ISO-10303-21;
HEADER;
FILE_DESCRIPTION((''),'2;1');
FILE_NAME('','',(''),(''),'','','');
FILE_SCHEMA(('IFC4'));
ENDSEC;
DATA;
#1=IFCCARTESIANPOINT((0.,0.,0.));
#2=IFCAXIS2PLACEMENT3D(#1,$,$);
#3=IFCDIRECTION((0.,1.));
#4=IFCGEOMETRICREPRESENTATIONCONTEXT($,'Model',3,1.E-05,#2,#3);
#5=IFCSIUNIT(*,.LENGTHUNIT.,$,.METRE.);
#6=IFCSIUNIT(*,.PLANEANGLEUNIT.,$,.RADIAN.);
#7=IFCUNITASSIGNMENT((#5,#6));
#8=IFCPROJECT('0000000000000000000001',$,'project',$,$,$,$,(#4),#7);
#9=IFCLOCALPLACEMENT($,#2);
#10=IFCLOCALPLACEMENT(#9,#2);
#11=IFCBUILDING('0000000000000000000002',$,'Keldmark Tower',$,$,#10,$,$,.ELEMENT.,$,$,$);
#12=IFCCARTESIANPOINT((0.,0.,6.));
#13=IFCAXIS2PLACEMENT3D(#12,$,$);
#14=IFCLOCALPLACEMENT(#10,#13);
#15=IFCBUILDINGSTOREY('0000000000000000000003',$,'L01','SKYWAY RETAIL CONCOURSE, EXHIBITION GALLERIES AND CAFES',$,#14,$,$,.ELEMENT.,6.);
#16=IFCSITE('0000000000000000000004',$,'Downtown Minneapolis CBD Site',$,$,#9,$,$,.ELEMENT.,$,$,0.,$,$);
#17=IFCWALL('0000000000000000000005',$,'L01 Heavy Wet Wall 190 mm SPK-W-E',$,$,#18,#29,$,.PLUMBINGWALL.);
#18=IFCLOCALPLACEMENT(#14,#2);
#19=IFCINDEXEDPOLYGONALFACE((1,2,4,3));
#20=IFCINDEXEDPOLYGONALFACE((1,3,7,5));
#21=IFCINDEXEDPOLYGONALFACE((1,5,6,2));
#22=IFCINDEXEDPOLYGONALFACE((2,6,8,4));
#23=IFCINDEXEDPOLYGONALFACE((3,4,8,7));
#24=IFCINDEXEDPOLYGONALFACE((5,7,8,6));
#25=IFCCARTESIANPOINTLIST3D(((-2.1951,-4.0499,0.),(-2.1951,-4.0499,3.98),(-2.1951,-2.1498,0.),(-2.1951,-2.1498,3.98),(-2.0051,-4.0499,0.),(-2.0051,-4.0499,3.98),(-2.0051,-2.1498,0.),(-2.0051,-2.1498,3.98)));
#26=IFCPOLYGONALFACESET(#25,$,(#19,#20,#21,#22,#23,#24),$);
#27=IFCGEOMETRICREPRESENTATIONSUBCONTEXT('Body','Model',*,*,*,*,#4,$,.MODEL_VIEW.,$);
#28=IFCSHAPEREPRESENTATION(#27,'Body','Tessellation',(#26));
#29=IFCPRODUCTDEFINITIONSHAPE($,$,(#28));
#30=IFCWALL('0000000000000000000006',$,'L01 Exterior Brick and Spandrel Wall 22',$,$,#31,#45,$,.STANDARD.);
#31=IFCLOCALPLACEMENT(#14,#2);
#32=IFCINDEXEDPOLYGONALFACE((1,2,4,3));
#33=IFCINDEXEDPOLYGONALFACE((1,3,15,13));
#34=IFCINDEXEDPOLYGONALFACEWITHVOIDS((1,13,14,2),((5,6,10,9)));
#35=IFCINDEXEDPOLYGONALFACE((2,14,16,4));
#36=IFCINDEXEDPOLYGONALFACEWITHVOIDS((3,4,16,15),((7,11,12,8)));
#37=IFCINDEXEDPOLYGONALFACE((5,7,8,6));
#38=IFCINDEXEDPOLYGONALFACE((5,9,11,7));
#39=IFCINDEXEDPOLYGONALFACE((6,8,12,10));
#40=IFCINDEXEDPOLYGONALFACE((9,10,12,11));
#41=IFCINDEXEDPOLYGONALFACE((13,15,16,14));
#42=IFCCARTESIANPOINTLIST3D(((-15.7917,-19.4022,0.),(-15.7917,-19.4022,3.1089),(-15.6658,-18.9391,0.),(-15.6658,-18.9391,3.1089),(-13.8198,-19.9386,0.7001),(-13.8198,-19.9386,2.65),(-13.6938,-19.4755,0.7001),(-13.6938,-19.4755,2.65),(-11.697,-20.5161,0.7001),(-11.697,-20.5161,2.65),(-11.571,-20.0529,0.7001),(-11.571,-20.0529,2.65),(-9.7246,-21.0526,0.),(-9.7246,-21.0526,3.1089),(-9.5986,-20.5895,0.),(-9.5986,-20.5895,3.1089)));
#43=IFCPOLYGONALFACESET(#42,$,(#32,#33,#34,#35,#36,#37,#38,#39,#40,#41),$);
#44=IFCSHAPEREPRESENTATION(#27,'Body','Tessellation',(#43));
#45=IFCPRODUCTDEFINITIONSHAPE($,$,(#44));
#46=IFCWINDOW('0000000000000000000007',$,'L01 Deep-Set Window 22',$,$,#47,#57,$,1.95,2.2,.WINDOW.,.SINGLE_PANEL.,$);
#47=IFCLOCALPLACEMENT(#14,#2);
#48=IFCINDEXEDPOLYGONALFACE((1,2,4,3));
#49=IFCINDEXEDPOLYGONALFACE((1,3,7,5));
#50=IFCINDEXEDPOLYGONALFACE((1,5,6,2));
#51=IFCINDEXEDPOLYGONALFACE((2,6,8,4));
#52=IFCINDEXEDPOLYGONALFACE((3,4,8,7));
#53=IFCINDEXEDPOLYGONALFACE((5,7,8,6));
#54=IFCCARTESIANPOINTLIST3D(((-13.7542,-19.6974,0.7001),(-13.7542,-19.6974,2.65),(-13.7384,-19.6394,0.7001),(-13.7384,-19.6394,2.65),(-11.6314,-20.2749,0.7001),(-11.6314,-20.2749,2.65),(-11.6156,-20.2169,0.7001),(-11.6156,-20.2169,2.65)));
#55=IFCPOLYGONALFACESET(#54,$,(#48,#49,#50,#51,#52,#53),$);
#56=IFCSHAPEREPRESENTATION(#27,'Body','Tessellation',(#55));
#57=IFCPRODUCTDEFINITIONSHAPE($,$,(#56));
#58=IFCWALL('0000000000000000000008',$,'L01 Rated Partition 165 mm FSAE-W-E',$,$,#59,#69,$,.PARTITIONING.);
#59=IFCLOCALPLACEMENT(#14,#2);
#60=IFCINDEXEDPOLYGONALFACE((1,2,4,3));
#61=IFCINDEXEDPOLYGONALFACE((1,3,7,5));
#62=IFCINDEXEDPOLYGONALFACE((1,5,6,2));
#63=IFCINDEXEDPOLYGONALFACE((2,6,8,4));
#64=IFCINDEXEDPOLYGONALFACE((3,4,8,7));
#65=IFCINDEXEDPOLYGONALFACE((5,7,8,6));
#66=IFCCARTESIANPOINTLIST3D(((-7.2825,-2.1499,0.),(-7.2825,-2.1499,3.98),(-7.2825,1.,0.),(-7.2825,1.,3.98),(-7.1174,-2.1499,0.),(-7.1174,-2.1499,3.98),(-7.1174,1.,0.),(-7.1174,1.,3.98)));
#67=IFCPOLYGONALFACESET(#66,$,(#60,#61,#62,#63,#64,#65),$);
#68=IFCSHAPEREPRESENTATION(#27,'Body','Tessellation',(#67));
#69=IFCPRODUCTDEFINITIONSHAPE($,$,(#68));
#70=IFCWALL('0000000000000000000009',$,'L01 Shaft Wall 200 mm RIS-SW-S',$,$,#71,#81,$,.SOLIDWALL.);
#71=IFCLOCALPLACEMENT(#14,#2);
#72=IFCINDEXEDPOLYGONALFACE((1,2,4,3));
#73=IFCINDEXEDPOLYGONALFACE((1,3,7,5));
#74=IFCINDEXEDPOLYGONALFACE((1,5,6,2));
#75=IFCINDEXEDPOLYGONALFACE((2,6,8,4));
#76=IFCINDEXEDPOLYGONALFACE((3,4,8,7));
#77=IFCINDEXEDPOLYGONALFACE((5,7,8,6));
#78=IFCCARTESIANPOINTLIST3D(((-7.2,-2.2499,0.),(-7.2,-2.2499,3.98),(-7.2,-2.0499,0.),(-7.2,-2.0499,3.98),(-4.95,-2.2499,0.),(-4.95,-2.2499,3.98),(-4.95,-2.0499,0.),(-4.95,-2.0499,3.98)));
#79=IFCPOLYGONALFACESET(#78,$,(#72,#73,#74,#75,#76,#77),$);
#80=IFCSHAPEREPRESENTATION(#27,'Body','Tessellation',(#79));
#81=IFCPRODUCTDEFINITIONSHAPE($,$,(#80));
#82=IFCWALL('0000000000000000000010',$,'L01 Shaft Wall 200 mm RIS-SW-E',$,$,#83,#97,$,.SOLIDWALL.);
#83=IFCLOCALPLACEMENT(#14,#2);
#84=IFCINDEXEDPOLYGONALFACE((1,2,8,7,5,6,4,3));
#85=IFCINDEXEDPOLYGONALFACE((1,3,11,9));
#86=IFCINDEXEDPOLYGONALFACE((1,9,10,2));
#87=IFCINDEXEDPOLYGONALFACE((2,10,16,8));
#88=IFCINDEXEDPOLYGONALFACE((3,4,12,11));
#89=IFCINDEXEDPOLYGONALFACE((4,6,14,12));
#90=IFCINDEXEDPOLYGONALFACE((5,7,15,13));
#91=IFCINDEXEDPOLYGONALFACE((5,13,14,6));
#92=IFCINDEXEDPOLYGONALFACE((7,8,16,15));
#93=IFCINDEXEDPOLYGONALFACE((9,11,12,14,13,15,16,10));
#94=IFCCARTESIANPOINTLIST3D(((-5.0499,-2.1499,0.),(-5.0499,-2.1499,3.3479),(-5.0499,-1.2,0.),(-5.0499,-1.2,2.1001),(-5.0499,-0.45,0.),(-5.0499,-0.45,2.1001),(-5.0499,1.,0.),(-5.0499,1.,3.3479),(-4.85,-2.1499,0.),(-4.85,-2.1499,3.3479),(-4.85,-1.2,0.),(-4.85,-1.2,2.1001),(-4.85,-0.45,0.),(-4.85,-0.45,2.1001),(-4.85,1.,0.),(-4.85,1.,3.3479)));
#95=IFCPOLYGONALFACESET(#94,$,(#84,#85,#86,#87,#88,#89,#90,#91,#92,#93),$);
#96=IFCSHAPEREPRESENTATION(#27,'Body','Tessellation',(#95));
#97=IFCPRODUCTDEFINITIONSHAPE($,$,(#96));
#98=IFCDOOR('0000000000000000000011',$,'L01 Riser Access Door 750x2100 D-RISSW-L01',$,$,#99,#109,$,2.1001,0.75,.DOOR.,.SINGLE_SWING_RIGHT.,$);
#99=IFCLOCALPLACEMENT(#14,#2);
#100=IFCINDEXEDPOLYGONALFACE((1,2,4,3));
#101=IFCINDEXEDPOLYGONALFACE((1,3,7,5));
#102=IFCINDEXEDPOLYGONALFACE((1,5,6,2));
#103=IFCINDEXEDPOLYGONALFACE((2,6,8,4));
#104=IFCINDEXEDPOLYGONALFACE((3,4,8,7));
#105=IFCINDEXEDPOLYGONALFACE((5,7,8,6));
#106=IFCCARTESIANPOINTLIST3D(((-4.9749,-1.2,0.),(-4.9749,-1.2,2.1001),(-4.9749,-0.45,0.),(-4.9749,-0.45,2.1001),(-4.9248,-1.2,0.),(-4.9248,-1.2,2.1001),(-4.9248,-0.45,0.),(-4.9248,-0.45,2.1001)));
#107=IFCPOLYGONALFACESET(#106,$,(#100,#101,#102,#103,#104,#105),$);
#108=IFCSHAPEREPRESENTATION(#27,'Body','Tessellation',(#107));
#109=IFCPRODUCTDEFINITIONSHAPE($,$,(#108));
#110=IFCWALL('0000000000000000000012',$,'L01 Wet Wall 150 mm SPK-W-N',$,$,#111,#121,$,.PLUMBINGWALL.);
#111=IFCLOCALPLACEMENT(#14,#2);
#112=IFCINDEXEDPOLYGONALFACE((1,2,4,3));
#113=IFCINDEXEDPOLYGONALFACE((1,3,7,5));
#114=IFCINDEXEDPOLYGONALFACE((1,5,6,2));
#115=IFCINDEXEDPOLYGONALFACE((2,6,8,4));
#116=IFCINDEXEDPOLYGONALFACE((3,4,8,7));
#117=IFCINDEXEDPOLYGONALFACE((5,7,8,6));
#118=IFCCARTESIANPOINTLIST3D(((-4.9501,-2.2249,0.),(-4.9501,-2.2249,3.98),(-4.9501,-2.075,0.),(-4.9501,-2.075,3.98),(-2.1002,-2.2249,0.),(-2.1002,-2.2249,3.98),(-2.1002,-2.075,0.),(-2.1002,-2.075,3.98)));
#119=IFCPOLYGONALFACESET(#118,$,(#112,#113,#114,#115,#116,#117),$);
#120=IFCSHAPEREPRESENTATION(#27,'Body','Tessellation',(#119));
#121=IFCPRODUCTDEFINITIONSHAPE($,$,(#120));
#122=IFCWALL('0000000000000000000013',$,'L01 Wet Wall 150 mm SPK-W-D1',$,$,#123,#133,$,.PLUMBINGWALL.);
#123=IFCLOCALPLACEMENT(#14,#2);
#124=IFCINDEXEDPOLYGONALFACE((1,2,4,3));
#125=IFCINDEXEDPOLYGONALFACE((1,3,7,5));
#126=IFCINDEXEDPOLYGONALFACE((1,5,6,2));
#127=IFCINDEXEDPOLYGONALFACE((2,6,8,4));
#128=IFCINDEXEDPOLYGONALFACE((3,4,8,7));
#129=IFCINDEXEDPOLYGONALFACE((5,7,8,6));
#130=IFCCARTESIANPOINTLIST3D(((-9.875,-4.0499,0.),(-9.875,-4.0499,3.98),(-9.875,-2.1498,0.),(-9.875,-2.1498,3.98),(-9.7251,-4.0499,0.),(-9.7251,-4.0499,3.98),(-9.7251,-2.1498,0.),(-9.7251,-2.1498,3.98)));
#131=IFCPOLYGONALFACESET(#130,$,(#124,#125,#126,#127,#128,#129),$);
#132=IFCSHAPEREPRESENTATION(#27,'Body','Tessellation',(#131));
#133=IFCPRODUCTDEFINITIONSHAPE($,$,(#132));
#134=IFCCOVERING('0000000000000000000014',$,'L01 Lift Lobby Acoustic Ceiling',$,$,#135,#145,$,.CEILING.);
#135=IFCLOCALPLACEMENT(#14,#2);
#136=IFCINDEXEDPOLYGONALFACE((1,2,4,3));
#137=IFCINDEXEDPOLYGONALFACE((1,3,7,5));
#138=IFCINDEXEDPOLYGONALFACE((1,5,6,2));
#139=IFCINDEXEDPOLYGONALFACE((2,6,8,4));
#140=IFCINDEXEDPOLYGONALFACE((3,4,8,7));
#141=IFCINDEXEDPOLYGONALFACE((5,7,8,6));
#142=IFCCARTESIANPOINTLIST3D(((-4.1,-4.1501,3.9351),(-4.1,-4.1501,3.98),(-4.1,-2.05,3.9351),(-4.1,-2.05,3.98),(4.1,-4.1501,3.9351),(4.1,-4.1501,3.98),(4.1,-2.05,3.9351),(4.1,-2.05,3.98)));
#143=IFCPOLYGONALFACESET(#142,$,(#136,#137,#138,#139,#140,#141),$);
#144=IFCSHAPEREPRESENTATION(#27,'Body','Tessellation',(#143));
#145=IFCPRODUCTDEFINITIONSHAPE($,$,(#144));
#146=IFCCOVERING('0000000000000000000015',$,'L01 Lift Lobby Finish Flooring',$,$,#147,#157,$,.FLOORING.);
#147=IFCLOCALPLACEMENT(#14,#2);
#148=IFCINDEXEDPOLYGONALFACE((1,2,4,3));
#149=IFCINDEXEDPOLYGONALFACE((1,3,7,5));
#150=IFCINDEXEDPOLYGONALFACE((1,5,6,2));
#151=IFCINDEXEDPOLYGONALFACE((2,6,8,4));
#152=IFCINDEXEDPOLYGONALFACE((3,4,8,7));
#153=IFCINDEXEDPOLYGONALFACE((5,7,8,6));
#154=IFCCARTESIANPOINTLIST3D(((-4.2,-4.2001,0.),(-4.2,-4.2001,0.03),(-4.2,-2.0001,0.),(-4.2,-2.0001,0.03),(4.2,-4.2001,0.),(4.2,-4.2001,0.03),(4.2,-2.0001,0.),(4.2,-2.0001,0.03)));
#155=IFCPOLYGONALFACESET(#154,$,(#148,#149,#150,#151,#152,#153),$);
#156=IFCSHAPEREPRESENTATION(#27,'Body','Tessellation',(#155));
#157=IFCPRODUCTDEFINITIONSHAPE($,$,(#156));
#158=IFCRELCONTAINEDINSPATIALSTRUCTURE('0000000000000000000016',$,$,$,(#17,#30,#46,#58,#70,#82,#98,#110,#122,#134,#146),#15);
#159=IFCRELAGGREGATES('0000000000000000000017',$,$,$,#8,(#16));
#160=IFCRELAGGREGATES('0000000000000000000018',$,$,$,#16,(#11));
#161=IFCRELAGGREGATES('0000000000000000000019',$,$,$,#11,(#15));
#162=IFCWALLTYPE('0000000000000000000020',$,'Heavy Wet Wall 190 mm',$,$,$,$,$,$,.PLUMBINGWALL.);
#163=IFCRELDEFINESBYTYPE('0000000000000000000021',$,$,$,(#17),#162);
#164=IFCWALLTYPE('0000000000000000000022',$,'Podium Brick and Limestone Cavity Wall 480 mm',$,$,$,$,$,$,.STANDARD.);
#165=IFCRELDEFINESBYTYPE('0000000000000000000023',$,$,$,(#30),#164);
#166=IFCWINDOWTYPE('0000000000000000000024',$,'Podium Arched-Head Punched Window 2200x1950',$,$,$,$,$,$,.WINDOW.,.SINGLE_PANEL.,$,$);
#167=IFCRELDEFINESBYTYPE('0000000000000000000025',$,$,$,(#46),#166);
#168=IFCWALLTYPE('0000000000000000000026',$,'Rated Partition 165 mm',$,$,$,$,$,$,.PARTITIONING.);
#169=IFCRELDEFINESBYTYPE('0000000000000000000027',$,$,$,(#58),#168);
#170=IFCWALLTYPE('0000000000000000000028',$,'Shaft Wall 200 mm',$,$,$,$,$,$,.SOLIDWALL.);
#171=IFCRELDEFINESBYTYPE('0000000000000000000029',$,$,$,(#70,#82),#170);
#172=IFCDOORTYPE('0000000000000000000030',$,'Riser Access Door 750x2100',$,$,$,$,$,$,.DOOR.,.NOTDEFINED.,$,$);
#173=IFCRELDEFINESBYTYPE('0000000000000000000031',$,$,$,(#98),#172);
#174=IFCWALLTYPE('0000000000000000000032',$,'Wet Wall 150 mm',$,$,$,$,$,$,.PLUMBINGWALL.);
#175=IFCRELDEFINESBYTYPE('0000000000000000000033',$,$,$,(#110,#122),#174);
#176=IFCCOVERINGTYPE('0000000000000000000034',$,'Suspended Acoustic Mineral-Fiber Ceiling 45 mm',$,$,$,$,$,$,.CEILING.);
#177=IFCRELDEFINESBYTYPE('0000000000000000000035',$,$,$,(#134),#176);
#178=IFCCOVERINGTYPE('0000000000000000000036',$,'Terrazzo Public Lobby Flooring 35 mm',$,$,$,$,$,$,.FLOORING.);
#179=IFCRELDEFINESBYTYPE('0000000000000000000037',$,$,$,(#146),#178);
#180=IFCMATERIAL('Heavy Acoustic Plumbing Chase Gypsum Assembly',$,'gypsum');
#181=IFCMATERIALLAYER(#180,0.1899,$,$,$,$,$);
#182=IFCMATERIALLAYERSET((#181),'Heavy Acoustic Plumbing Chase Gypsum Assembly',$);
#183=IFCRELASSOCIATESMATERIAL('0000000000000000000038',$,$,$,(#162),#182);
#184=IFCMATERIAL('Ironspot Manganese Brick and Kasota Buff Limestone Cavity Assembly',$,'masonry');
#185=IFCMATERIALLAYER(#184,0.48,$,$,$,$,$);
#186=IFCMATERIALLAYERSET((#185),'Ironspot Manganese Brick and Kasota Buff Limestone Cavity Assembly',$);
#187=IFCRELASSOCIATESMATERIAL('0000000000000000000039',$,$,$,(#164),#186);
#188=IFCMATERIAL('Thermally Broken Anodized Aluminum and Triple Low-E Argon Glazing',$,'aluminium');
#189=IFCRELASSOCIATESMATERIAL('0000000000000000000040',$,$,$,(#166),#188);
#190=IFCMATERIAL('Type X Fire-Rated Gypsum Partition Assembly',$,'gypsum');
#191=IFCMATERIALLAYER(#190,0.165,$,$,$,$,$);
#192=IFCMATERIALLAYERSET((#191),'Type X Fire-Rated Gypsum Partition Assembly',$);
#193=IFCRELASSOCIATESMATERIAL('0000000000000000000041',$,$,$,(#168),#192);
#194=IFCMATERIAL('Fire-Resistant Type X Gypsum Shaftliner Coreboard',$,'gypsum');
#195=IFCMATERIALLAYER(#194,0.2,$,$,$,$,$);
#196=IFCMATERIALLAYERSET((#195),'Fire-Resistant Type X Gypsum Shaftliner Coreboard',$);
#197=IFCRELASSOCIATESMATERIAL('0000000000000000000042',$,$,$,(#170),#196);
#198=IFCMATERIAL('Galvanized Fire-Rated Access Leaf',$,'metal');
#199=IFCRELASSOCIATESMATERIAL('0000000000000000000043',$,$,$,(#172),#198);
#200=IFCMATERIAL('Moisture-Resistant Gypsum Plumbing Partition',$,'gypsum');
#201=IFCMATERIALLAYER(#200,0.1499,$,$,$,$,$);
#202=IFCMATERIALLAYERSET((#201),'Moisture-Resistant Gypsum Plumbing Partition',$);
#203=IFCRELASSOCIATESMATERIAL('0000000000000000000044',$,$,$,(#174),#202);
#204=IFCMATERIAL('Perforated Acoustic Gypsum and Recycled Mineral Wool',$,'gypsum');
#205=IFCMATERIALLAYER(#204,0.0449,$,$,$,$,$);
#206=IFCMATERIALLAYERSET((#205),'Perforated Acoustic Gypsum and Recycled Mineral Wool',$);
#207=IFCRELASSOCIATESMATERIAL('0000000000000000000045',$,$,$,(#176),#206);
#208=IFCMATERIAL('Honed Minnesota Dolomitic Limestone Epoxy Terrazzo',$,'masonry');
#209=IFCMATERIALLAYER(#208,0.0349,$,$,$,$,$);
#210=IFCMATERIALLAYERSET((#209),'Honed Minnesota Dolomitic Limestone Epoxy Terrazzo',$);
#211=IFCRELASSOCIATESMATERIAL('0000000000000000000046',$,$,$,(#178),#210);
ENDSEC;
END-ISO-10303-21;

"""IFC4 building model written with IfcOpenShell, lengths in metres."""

from ifc_helpers import new_model, si_unit, direction, frame, frame_2d, origin, origin_2d, place, context, subcontext, project, spatial, rectangle, extrude, material, layer, layer_set, type_object, element, fill, save


model = new_model("IFC4")

# Units and contexts
model_context = context("Model", 3, precision=1e-05, world=origin(), true_north=direction((0.0, 1.0)))
body_context = subcontext(model_context, "Body", "Model", "MODEL_VIEW")
ifc_project = project(units=[si_unit("LENGTHUNIT", "METRE"), si_unit("PLANEANGLEUNIT", "RADIAN")], contexts=[model_context])

# Site, building, storey
site_placement = place(None, origin())
site = spatial("IfcSite", under=ifc_project, at=site_placement, Name="Downtown Minneapolis CBD Site", CompositionType="ELEMENT", RefElevation=0.0)
building_placement = place(site_placement, origin())
building = spatial("IfcBuilding", under=site, at=building_placement, Name="Keldmark Tower", CompositionType="ELEMENT")
storey_placement = place(building_placement, frame((0.0, 0.0, 6.0)))
storey = spatial("IfcBuildingStorey", under=building, at=storey_placement, Name="L01", Description="SKYWAY RETAIL CONCOURSE, EXHIBITION GALLERIES AND CAFES", CompositionType="ELEMENT", Elevation=6.0)

# Wall
ifc_material_1 = material(Name="Heavy Acoustic Plumbing Chase Gypsum Assembly", Category="gypsum")
ifc_layer_1 = layer(ifc_material_1, 0.1899)
ifc_layer_set_1 = layer_set([ifc_layer_1], Name="Heavy Acoustic Plumbing Chase Gypsum Assembly")
wall_type_1 = type_object("IfcWallType", Name="Heavy Wet Wall 190 mm", PredefinedType="PLUMBINGWALL", material=ifc_layer_set_1)
wall_1_placement = place(storey_placement, frame((-2.1001, -4.05, 0.0), z_axis=(0.0, 0.0, 1.0), x_axis=(0.0, 1.0, 0.0)))
element("IfcWall", 1, at=wall_1_placement, inside=storey, type_object=wall_type_1, Name="L01 Heavy Wet Wall 190 mm SPK-W-E", PredefinedType="PLUMBINGWALL", context=body_context, shape_type="SweptSolid", body=[
    extrude(rectangle(XDim=1.9001, YDim=0.1899, at=frame_2d((0.9502, 0.0))), origin(), (0.0, 0.0, 1.0), 3.98),
])

# Wall, opening, window
ifc_material_2 = material(Name="Ironspot Manganese Brick and Kasota Buff Limestone Cavity Assembly", Category="masonry")
ifc_layer_2 = layer(ifc_material_2, 0.48)
ifc_layer_set_2 = layer_set([ifc_layer_2], Name="Ironspot Manganese Brick and Kasota Buff Limestone Cavity Assembly")
wall_type_2 = type_object("IfcWallType", Name="Podium Brick and Limestone Cavity Wall 480 mm", PredefinedType="STANDARD", material=ifc_layer_set_2)
wall_2_placement = place(storey_placement, frame((-9.6616, -20.821, 0.0), z_axis=(0.0, 0.0, 1.0), x_axis=(-0.964937, 0.262483, 0.0)))
wall_2 = element("IfcWall", 2, at=wall_2_placement, inside=storey, type_object=wall_type_2, Name="L01 Exterior Brick and Spandrel Wall 22", PredefinedType="STANDARD", context=body_context, shape_type="SweptSolid", body=[
    extrude(rectangle(XDim=6.2876, YDim=0.48, at=frame_2d((3.1438, 0.0))), origin(), (0.0, 0.0, 1.0), 3.1089),
])
opening_1_placement = place(wall_2_placement, frame((2.0439, 0.0, 0.7)))
opening_1 = element("IfcOpeningElement", 3, at=opening_1_placement, cuts=wall_2, PredefinedType="OPENING", context=body_context, shape_type="SweptSolid", body=[
    extrude(rectangle(XDim=2.2, YDim=1.95, at=frame_2d((1.1001, 0.9751))), frame((0.0, 0.25, 0.0), z_axis=(0.0, -1.0, 0.0), x_axis=(1.0, 0.0, 0.0)), (0.0, 0.0, 1.0), 0.5),
])
ifc_material_3 = material(Name="Thermally Broken Anodized Aluminum and Triple Low-E Argon Glazing", Category="aluminium")
window_type = type_object("IfcWindowType", Name="Podium Arched-Head Punched Window 2200x1950", PartitioningType="SINGLE_PANEL", PredefinedType="WINDOW", material=ifc_material_3)
window_placement = place(opening_1_placement, origin())
window = element("IfcWindow", 4, at=window_placement, inside=storey, type_object=window_type, Name="L01 Deep-Set Window 22", OverallHeight=1.95, OverallWidth=2.2, PartitioningType="SINGLE_PANEL", PredefinedType="WINDOW", context=body_context, shape_type="SweptSolid", body=[
    extrude(rectangle(XDim=2.2, YDim=1.95, at=frame_2d((1.1001, 0.9751))), frame((0.0, -0.01, 0.0), z_axis=(0.0, -1.0, 0.0), x_axis=(1.0, 0.0, 0.0)), (0.0, 0.0, 1.0), 0.0601),
])
fill(opening_1, window)

# Walls
ifc_material_4 = material(Name="Type X Fire-Rated Gypsum Partition Assembly", Category="gypsum")
ifc_layer_3 = layer(ifc_material_4, 0.165)
ifc_layer_set_3 = layer_set([ifc_layer_3], Name="Type X Fire-Rated Gypsum Partition Assembly")
wall_type_3 = type_object("IfcWallType", Name="Rated Partition 165 mm", PredefinedType="PARTITIONING", material=ifc_layer_set_3)
wall_3_placement = place(storey_placement, frame((-7.2, -2.1499, 0.0), z_axis=(0.0, 0.0, 1.0), x_axis=(0.0, 1.0, 0.0)))
element("IfcWall", 5, at=wall_3_placement, inside=storey, type_object=wall_type_3, Name="L01 Rated Partition 165 mm FSAE-W-E", PredefinedType="PARTITIONING", context=body_context, shape_type="SweptSolid", body=[
    extrude(rectangle(XDim=3.1499, YDim=0.165, at=frame_2d((1.575, 0.0))), origin(), (0.0, 0.0, 1.0), 3.98),
])
ifc_material_5 = material(Name="Fire-Resistant Type X Gypsum Shaftliner Coreboard", Category="gypsum")
ifc_layer_4 = layer(ifc_material_5, 0.2)
ifc_layer_set_4 = layer_set([ifc_layer_4], Name="Fire-Resistant Type X Gypsum Shaftliner Coreboard")
wall_type_4 = type_object("IfcWallType", Name="Shaft Wall 200 mm", PredefinedType="SOLIDWALL", material=ifc_layer_set_4)
wall_4_placement = place(storey_placement, frame((-7.2, -2.1499, 0.0), z_axis=(0.0, 0.0, 1.0), x_axis=(1.0, 0.0, 0.0)))
element("IfcWall", 6, at=wall_4_placement, inside=storey, type_object=wall_type_4, Name="L01 Shaft Wall 200 mm RIS-SW-S", PredefinedType="SOLIDWALL", context=body_context, shape_type="SweptSolid", body=[
    extrude(rectangle(XDim=2.25, YDim=0.2, at=frame_2d((1.125, 0.0))), origin(), (0.0, 0.0, 1.0), 3.98),
])

# Wall, opening, door
wall_5_placement = place(storey_placement, frame((-4.95, -2.1499, 0.0), z_axis=(0.0, 0.0, 1.0), x_axis=(0.0, 1.0, 0.0)))
wall_5 = element("IfcWall", 7, at=wall_5_placement, inside=storey, type_object=wall_type_4, Name="L01 Shaft Wall 200 mm RIS-SW-E", PredefinedType="SOLIDWALL", context=body_context, shape_type="SweptSolid", body=[
    extrude(rectangle(XDim=3.1499, YDim=0.2, at=frame_2d((1.575, 0.0))), origin(), (0.0, 0.0, 1.0), 3.3479),
])
opening_2_placement = place(wall_5_placement, frame((0.95, 0.0, 0.0)))
opening_2 = element("IfcOpeningElement", 8, at=opening_2_placement, cuts=wall_5, PredefinedType="OPENING", context=body_context, shape_type="SweptSolid", body=[
    extrude(rectangle(XDim=0.75, YDim=2.1001, at=frame_2d((0.375, 1.05))), frame((0.0, 0.1099, 0.0), z_axis=(0.0, -1.0, 0.0), x_axis=(1.0, 0.0, 0.0)), (0.0, 0.0, 1.0), 0.22),
])
ifc_material_6 = material(Name="Galvanized Fire-Rated Access Leaf", Category="metal")
door_type = type_object("IfcDoorType", Name="Riser Access Door 750x2100", OperationType="NOTDEFINED", PredefinedType="DOOR", material=ifc_material_6)
door_placement = place(opening_2_placement, origin())
door = element("IfcDoor", 9, at=door_placement, inside=storey, type_object=door_type, Name="L01 Riser Access Door 750x2100 D-RISSW-L01", OperationType="SINGLE_SWING_RIGHT", OverallHeight=2.1001, OverallWidth=0.75, PredefinedType="DOOR", context=body_context, shape_type="SweptSolid", body=[
    extrude(rectangle(XDim=0.75, YDim=2.1001, at=frame_2d((0.375, 1.05))), frame((0.0, 0.0249, 0.0), z_axis=(0.0, -1.0, 0.0), x_axis=(1.0, 0.0, 0.0)), (0.0, 0.0, 1.0), 0.05),
])
fill(opening_2, door)

# Walls
ifc_material_7 = material(Name="Moisture-Resistant Gypsum Plumbing Partition", Category="gypsum")
ifc_layer_5 = layer(ifc_material_7, 0.1499)
ifc_layer_set_5 = layer_set([ifc_layer_5], Name="Moisture-Resistant Gypsum Plumbing Partition")
wall_type_5 = type_object("IfcWallType", Name="Wet Wall 150 mm", PredefinedType="PLUMBINGWALL", material=ifc_layer_set_5)
wall_6_placement = place(storey_placement, frame((-4.95, -2.1499, 0.0), z_axis=(0.0, 0.0, 1.0), x_axis=(1.0, 0.0, 0.0)))
element("IfcWall", 10, at=wall_6_placement, inside=storey, type_object=wall_type_5, Name="L01 Wet Wall 150 mm SPK-W-N", PredefinedType="PLUMBINGWALL", context=body_context, shape_type="SweptSolid", body=[
    extrude(rectangle(XDim=2.8499, YDim=0.1499, at=frame_2d((1.4248, 0.0))), origin(), (0.0, 0.0, 1.0), 3.98),
])
wall_7_placement = place(storey_placement, frame((-9.8, -4.05, 0.0), z_axis=(0.0, 0.0, 1.0), x_axis=(0.0, 1.0, 0.0)))
element("IfcWall", 11, at=wall_7_placement, inside=storey, type_object=wall_type_5, Name="L01 Wet Wall 150 mm SPK-W-D1", PredefinedType="PLUMBINGWALL", context=body_context, shape_type="SweptSolid", body=[
    extrude(rectangle(XDim=1.9001, YDim=0.1499, at=frame_2d((0.9502, 0.0))), origin(), (0.0, 0.0, 1.0), 3.98),
])

# Coverings
ifc_material_8 = material(Name="Perforated Acoustic Gypsum and Recycled Mineral Wool", Category="gypsum")
ifc_layer_6 = layer(ifc_material_8, 0.0449)
ifc_layer_set_6 = layer_set([ifc_layer_6], Name="Perforated Acoustic Gypsum and Recycled Mineral Wool")
covering_type_1 = type_object("IfcCoveringType", Name="Suspended Acoustic Mineral-Fiber Ceiling 45 mm", PredefinedType="CEILING", material=ifc_layer_set_6)
covering_1_placement = place(storey_placement, frame((0.0, -3.1001, 3.9351), z_axis=(0.0, 0.0, 1.0), x_axis=(1.0, 0.0, 0.0)))
element("IfcCovering", 12, at=covering_1_placement, inside=storey, type_object=covering_type_1, Name="L01 Lift Lobby Acoustic Ceiling", PredefinedType="CEILING", context=body_context, shape_type="SweptSolid", body=[
    extrude(rectangle(XDim=8.2, YDim=2.1001, at=origin_2d()), origin(), (0.0, 0.0, 1.0), 0.0449),
])
ifc_material_9 = material(Name="Honed Minnesota Dolomitic Limestone Epoxy Terrazzo", Category="masonry")
ifc_layer_7 = layer(ifc_material_9, 0.0349)
ifc_layer_set_7 = layer_set([ifc_layer_7], Name="Honed Minnesota Dolomitic Limestone Epoxy Terrazzo")
covering_type_2 = type_object("IfcCoveringType", Name="Terrazzo Public Lobby Flooring 35 mm", PredefinedType="FLOORING", material=ifc_layer_set_7)
covering_2_placement = place(storey_placement, frame((0.0, -3.1001, 0.0), z_axis=(0.0, 0.0, 1.0), x_axis=(1.0, 0.0, 0.0)))
element("IfcCovering", 13, at=covering_2_placement, inside=storey, type_object=covering_type_2, Name="L01 Lift Lobby Finish Flooring", PredefinedType="FLOORING", context=body_context, shape_type="SweptSolid", body=[
    extrude(rectangle(XDim=8.3999, YDim=2.2, at=origin_2d()), origin(), (0.0, 0.0, 1.0), 0.03),
])

save(model, "model.ifc")
